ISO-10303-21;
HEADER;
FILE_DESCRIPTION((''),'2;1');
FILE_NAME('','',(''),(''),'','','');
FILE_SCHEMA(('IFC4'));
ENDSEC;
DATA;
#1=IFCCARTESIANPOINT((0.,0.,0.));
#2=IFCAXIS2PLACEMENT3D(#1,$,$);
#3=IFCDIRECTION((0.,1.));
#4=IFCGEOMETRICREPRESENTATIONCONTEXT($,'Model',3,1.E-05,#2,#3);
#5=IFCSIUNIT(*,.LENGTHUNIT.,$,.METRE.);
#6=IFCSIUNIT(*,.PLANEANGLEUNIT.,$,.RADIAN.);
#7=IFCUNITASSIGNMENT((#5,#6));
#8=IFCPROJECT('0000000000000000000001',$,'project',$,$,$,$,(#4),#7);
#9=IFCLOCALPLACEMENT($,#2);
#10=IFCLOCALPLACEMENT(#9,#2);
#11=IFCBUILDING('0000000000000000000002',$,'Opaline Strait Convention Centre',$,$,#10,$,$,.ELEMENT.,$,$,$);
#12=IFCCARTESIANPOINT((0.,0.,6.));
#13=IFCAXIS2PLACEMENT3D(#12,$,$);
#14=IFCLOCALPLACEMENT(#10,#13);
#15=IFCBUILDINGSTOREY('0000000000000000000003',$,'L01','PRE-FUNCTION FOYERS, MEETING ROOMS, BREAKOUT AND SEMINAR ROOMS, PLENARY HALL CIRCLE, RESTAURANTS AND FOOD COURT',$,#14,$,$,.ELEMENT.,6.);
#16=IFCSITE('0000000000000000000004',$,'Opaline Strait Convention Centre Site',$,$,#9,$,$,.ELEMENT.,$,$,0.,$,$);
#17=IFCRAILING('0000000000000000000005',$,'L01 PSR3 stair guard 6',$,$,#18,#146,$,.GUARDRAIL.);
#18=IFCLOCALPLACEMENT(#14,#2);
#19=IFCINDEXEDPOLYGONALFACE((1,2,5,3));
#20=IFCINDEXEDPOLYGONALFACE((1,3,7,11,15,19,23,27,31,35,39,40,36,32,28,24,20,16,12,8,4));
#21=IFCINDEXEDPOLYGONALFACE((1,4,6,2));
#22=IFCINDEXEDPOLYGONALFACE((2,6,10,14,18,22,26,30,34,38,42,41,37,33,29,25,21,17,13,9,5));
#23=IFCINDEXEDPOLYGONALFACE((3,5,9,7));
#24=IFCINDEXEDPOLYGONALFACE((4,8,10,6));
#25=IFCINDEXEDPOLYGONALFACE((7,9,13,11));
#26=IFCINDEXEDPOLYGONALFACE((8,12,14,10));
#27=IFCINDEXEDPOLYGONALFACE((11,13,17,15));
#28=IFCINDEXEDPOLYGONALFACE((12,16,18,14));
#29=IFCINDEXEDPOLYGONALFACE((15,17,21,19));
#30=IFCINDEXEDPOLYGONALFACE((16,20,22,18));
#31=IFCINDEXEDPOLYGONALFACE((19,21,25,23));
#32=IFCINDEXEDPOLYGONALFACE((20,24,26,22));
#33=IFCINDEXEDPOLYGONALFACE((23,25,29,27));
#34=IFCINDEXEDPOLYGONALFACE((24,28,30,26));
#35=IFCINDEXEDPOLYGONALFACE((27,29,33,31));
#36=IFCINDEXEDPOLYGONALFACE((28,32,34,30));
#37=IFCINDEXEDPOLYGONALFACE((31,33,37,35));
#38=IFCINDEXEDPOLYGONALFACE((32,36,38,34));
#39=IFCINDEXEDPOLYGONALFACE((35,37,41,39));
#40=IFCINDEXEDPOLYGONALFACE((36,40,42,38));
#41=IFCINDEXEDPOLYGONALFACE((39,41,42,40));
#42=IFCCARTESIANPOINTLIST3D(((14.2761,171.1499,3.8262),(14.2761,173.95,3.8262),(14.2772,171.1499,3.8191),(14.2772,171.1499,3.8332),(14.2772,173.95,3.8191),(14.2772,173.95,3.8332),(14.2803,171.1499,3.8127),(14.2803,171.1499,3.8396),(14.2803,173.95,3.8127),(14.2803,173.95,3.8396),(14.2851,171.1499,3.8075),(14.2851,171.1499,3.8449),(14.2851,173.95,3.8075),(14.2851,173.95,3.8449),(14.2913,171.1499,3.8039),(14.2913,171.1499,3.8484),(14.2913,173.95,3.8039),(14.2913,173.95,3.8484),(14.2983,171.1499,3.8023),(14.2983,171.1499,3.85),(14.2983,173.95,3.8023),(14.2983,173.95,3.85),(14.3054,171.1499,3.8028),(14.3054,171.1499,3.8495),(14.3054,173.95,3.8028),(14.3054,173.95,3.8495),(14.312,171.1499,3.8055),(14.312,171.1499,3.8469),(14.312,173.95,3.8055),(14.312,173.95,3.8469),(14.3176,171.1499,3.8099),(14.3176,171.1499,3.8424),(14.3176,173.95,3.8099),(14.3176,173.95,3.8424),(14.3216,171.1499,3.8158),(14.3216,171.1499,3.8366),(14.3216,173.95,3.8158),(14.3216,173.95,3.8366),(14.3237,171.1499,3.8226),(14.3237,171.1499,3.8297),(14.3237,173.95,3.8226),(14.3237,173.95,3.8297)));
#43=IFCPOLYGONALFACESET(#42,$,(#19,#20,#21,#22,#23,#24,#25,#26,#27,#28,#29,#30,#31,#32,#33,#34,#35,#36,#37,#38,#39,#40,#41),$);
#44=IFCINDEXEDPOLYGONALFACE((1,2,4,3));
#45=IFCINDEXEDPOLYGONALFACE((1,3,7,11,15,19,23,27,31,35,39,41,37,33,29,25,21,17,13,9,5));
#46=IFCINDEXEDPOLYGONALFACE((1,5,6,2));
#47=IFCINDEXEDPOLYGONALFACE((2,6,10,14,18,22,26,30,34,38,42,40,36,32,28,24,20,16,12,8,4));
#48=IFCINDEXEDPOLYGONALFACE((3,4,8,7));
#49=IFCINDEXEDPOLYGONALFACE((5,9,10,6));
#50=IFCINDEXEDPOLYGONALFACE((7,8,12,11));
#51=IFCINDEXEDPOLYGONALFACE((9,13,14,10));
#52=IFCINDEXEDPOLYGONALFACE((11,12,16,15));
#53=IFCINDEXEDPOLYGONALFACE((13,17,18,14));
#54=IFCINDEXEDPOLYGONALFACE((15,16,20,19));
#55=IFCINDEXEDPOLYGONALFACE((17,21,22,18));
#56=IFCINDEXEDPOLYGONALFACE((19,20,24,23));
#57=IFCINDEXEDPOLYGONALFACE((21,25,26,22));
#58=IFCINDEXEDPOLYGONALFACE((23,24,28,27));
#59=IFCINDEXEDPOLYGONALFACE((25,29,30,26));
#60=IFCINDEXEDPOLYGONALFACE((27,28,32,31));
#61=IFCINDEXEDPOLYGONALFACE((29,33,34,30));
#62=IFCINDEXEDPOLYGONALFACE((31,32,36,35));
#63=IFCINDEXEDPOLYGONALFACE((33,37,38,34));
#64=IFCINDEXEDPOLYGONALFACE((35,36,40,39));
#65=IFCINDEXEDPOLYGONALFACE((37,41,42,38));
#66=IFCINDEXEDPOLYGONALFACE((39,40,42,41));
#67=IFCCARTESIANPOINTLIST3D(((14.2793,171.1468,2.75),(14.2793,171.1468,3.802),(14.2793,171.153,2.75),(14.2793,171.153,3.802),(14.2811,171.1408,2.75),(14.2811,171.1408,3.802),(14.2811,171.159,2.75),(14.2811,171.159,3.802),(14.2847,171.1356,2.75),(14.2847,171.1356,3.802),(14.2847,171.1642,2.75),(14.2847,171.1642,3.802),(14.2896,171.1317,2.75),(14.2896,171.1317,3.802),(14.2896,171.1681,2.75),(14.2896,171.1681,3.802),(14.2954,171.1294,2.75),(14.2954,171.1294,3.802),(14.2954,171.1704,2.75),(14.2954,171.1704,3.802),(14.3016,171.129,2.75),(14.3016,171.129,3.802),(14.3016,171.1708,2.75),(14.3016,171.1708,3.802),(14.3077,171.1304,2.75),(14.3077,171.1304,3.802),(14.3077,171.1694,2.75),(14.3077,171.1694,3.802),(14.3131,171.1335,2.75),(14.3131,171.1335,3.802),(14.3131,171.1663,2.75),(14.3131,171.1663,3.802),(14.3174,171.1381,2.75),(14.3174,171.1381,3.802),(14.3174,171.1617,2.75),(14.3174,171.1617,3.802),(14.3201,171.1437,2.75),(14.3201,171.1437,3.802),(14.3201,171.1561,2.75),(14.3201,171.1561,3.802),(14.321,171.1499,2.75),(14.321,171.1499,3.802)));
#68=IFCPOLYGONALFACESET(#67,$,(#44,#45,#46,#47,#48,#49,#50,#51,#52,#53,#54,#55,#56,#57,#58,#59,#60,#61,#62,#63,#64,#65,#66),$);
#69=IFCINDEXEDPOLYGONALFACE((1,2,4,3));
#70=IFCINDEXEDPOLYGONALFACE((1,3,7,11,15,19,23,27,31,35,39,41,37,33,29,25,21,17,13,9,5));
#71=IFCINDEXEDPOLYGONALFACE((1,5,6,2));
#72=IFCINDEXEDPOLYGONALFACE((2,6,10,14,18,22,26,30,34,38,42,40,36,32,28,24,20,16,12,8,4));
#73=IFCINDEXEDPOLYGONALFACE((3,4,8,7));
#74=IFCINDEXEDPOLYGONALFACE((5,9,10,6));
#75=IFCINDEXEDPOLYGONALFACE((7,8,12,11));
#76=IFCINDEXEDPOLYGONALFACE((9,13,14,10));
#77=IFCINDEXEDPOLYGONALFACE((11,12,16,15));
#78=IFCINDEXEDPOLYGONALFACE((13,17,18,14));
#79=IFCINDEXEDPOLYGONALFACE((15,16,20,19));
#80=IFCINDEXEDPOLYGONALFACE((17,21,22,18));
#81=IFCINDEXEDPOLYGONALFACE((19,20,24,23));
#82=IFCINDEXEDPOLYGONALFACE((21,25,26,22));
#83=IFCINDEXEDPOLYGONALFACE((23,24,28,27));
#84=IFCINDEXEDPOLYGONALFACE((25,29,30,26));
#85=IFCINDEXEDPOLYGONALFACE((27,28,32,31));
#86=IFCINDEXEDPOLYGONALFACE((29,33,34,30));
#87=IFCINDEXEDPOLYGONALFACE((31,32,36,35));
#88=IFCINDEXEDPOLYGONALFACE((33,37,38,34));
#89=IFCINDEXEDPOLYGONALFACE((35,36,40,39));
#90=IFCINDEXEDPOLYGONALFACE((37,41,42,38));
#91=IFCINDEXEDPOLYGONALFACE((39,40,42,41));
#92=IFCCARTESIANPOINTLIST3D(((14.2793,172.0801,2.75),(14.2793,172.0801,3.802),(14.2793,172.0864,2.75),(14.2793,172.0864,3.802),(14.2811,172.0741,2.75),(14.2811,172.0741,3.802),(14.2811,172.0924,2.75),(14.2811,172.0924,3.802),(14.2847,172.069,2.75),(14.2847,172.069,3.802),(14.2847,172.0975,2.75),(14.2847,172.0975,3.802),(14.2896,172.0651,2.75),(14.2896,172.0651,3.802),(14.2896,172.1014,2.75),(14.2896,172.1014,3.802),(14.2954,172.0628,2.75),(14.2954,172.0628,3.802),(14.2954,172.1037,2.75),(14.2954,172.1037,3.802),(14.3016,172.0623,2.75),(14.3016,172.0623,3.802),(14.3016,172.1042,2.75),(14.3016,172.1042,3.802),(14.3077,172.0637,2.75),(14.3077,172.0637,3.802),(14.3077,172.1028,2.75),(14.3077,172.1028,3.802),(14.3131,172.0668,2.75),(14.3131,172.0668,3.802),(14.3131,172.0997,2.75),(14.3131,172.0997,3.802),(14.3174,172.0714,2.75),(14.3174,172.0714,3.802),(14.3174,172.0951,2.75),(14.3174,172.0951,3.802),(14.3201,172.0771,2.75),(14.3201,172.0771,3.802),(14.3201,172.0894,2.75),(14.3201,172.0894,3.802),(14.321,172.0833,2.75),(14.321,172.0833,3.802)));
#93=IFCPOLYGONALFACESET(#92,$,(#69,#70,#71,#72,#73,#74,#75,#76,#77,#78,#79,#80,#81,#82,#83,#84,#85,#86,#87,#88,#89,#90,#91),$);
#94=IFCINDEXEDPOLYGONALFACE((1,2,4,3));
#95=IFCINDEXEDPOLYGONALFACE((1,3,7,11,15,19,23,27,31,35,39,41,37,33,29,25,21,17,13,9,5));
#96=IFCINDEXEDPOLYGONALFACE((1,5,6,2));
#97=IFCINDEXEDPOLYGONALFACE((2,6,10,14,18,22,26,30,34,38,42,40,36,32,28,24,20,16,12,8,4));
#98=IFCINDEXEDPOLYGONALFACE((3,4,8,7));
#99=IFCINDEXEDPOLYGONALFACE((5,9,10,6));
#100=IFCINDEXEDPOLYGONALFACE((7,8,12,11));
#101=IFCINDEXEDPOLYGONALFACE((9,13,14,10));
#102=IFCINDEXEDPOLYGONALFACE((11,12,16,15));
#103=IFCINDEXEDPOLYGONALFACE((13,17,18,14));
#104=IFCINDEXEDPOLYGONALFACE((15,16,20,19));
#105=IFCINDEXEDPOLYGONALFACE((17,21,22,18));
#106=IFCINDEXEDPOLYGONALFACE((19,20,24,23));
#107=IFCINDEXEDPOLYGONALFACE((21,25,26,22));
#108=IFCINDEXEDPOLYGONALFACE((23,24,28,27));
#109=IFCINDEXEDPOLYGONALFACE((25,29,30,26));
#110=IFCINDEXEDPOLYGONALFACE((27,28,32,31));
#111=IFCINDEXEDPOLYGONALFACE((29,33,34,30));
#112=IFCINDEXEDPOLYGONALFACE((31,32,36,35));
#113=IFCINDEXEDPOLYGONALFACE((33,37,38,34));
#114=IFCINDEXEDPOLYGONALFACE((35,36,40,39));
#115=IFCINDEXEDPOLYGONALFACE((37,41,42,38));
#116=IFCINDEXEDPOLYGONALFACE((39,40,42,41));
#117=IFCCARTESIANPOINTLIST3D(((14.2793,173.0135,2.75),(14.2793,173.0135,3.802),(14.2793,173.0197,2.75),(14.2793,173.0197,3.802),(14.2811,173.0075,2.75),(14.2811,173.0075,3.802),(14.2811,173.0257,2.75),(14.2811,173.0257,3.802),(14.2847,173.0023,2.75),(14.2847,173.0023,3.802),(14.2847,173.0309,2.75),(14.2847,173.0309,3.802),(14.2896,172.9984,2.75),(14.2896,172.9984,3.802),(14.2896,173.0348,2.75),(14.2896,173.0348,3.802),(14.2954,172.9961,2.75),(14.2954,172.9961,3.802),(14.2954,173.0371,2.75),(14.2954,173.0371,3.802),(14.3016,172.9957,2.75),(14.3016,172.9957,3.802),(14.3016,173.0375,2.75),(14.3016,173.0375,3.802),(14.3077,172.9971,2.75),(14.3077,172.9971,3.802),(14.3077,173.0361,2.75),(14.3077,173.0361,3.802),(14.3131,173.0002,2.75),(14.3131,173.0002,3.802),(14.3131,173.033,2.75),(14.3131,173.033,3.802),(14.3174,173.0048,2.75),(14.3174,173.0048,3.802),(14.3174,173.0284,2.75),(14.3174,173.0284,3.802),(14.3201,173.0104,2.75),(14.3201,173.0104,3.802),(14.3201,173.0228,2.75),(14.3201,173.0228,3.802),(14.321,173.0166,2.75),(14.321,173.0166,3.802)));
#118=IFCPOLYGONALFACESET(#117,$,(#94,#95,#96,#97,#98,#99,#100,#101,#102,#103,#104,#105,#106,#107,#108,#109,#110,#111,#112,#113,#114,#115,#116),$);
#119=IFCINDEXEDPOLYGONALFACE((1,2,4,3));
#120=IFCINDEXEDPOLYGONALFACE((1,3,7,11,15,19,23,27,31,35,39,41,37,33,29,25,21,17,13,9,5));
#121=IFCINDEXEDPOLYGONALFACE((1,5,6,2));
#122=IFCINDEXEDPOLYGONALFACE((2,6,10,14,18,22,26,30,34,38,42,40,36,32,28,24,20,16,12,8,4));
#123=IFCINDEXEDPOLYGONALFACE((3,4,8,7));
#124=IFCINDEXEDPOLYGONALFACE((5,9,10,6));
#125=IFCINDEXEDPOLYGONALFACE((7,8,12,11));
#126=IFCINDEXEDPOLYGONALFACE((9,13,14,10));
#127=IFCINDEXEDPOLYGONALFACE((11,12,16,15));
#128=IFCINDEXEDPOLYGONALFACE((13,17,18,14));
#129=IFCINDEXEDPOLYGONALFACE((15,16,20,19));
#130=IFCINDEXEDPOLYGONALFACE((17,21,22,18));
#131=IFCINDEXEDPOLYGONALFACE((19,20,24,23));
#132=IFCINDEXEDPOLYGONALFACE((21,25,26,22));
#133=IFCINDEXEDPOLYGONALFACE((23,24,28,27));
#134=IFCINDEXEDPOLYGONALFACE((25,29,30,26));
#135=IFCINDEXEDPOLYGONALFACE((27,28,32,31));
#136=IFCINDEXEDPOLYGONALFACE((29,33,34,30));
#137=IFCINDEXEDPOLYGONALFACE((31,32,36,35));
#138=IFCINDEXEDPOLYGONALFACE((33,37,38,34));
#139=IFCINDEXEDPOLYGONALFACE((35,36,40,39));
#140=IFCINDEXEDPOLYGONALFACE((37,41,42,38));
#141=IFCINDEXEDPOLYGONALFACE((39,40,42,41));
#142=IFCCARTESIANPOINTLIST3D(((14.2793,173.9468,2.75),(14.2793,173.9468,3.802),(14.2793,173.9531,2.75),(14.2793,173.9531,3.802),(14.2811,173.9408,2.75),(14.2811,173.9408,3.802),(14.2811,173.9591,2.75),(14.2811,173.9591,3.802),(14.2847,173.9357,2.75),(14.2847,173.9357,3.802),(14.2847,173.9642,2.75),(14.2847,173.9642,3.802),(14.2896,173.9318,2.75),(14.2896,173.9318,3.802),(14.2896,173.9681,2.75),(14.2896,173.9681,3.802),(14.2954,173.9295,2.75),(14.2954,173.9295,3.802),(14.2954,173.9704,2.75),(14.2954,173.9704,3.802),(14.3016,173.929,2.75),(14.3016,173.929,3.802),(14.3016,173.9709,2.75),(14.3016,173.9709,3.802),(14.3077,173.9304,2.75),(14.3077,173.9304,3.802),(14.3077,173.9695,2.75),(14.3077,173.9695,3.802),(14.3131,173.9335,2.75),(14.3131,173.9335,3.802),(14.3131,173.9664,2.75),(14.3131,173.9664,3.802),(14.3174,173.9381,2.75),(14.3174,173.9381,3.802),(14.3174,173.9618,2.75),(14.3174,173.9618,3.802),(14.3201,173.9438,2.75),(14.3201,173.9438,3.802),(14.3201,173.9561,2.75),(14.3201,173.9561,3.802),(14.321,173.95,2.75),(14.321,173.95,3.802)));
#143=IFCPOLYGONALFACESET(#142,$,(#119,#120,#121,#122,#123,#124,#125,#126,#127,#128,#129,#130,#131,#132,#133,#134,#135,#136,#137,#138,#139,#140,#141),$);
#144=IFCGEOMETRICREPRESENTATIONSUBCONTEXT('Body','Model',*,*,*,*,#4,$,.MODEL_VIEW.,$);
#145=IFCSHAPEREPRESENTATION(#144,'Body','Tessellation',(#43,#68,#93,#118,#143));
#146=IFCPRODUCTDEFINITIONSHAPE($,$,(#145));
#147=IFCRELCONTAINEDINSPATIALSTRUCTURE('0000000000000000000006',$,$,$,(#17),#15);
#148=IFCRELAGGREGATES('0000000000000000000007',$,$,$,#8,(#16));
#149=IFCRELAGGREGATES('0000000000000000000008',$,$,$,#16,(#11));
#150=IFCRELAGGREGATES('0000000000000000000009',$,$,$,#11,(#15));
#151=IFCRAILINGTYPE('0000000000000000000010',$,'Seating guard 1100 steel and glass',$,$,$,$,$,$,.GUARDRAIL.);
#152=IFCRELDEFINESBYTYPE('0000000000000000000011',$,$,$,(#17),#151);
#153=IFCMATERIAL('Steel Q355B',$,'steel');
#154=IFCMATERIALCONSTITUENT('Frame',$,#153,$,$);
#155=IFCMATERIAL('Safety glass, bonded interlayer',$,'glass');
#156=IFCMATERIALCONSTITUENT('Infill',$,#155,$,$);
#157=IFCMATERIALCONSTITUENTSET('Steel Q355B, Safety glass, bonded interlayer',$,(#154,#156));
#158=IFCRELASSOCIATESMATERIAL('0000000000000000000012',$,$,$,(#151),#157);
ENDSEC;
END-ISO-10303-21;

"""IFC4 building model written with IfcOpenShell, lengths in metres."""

from ifc_helpers import new_model, si_unit, direction, frame, origin, origin_2d, place, context, subcontext, project, spatial, circle, extrude, material, constituent, constituent_set, type_object, element, save


model = new_model("IFC4")

# Units and contexts
model_context = context("Model", 3, precision=1e-05, world=origin(), true_north=direction((0.0, 1.0)))
body_context = subcontext(model_context, "Body", "Model", "MODEL_VIEW")
ifc_project = project(units=[si_unit("LENGTHUNIT", "METRE"), si_unit("PLANEANGLEUNIT", "RADIAN")], contexts=[model_context])

# Site, building, storey
site_placement = place(None, origin())
site = spatial("IfcSite", under=ifc_project, at=site_placement, Name="Opaline Strait Convention Centre Site", CompositionType="ELEMENT", RefElevation=0.0)
building_placement = place(site_placement, origin())
building = spatial("IfcBuilding", under=site, at=building_placement, Name="Opaline Strait Convention Centre", CompositionType="ELEMENT")
storey_placement = place(building_placement, frame((0.0, 0.0, 6.0)))
storey = spatial("IfcBuildingStorey", under=building, at=storey_placement, Name="L01", Description="PRE-FUNCTION FOYERS, MEETING ROOMS, BREAKOUT AND SEMINAR ROOMS, PLENARY HALL CIRCLE, RESTAURANTS AND FOOD COURT", CompositionType="ELEMENT", Elevation=6.0)

# Railing
ifc_material_1 = material(Name="Steel Q355B", Category="steel")
ifc_constituent_1 = constituent(ifc_material_1, Name="Frame")
ifc_material_2 = material(Name="Safety glass, bonded interlayer", Category="glass")
ifc_constituent_2 = constituent(ifc_material_2, Name="Infill")
ifc_constituent_set = constituent_set(constituents=[ifc_constituent_1, ifc_constituent_2], Name="Steel Q355B, Safety glass, bonded interlayer")
railing_type_1 = type_object("IfcRailingType", Name="Seating guard 1100 steel and glass", PredefinedType="GUARDRAIL", material=ifc_constituent_set)
railing_1_placement = place(storey_placement, frame((14.3, 171.1499, 2.75)))
element("IfcRailing", 1, at=railing_1_placement, inside=storey, type_object=railing_type_1, Name="L01 PSR3 stair guard 6", PredefinedType="GUARDRAIL", context=body_context, shape_type="SweptSolid", body=[
    extrude(circle(Radius=0.0239, at=origin_2d()), frame((0.0, 0.0, 1.0762), z_axis=(0.0, 1.0, 0.0), x_axis=(-1.0, 0.0, 0.0)), (0.0, 0.0, 1.0), 2.8),
    extrude(circle(Radius=0.021, at=origin_2d()), origin(), (0.0, 0.0, 1.0), 1.052),
    extrude(circle(Radius=0.021, at=origin_2d()), frame((0.0, 0.9333, 0.0)), (0.0, 0.0, 1.0), 1.052),
    extrude(circle(Radius=0.021, at=origin_2d()), frame((0.0, 1.8667, 0.0)), (0.0, 0.0, 1.0), 1.052),
    extrude(circle(Radius=0.021, at=origin_2d()), frame((0.0, 2.8, 0.0)), (0.0, 0.0, 1.0), 1.052),
])

save(model, "model.ifc")
